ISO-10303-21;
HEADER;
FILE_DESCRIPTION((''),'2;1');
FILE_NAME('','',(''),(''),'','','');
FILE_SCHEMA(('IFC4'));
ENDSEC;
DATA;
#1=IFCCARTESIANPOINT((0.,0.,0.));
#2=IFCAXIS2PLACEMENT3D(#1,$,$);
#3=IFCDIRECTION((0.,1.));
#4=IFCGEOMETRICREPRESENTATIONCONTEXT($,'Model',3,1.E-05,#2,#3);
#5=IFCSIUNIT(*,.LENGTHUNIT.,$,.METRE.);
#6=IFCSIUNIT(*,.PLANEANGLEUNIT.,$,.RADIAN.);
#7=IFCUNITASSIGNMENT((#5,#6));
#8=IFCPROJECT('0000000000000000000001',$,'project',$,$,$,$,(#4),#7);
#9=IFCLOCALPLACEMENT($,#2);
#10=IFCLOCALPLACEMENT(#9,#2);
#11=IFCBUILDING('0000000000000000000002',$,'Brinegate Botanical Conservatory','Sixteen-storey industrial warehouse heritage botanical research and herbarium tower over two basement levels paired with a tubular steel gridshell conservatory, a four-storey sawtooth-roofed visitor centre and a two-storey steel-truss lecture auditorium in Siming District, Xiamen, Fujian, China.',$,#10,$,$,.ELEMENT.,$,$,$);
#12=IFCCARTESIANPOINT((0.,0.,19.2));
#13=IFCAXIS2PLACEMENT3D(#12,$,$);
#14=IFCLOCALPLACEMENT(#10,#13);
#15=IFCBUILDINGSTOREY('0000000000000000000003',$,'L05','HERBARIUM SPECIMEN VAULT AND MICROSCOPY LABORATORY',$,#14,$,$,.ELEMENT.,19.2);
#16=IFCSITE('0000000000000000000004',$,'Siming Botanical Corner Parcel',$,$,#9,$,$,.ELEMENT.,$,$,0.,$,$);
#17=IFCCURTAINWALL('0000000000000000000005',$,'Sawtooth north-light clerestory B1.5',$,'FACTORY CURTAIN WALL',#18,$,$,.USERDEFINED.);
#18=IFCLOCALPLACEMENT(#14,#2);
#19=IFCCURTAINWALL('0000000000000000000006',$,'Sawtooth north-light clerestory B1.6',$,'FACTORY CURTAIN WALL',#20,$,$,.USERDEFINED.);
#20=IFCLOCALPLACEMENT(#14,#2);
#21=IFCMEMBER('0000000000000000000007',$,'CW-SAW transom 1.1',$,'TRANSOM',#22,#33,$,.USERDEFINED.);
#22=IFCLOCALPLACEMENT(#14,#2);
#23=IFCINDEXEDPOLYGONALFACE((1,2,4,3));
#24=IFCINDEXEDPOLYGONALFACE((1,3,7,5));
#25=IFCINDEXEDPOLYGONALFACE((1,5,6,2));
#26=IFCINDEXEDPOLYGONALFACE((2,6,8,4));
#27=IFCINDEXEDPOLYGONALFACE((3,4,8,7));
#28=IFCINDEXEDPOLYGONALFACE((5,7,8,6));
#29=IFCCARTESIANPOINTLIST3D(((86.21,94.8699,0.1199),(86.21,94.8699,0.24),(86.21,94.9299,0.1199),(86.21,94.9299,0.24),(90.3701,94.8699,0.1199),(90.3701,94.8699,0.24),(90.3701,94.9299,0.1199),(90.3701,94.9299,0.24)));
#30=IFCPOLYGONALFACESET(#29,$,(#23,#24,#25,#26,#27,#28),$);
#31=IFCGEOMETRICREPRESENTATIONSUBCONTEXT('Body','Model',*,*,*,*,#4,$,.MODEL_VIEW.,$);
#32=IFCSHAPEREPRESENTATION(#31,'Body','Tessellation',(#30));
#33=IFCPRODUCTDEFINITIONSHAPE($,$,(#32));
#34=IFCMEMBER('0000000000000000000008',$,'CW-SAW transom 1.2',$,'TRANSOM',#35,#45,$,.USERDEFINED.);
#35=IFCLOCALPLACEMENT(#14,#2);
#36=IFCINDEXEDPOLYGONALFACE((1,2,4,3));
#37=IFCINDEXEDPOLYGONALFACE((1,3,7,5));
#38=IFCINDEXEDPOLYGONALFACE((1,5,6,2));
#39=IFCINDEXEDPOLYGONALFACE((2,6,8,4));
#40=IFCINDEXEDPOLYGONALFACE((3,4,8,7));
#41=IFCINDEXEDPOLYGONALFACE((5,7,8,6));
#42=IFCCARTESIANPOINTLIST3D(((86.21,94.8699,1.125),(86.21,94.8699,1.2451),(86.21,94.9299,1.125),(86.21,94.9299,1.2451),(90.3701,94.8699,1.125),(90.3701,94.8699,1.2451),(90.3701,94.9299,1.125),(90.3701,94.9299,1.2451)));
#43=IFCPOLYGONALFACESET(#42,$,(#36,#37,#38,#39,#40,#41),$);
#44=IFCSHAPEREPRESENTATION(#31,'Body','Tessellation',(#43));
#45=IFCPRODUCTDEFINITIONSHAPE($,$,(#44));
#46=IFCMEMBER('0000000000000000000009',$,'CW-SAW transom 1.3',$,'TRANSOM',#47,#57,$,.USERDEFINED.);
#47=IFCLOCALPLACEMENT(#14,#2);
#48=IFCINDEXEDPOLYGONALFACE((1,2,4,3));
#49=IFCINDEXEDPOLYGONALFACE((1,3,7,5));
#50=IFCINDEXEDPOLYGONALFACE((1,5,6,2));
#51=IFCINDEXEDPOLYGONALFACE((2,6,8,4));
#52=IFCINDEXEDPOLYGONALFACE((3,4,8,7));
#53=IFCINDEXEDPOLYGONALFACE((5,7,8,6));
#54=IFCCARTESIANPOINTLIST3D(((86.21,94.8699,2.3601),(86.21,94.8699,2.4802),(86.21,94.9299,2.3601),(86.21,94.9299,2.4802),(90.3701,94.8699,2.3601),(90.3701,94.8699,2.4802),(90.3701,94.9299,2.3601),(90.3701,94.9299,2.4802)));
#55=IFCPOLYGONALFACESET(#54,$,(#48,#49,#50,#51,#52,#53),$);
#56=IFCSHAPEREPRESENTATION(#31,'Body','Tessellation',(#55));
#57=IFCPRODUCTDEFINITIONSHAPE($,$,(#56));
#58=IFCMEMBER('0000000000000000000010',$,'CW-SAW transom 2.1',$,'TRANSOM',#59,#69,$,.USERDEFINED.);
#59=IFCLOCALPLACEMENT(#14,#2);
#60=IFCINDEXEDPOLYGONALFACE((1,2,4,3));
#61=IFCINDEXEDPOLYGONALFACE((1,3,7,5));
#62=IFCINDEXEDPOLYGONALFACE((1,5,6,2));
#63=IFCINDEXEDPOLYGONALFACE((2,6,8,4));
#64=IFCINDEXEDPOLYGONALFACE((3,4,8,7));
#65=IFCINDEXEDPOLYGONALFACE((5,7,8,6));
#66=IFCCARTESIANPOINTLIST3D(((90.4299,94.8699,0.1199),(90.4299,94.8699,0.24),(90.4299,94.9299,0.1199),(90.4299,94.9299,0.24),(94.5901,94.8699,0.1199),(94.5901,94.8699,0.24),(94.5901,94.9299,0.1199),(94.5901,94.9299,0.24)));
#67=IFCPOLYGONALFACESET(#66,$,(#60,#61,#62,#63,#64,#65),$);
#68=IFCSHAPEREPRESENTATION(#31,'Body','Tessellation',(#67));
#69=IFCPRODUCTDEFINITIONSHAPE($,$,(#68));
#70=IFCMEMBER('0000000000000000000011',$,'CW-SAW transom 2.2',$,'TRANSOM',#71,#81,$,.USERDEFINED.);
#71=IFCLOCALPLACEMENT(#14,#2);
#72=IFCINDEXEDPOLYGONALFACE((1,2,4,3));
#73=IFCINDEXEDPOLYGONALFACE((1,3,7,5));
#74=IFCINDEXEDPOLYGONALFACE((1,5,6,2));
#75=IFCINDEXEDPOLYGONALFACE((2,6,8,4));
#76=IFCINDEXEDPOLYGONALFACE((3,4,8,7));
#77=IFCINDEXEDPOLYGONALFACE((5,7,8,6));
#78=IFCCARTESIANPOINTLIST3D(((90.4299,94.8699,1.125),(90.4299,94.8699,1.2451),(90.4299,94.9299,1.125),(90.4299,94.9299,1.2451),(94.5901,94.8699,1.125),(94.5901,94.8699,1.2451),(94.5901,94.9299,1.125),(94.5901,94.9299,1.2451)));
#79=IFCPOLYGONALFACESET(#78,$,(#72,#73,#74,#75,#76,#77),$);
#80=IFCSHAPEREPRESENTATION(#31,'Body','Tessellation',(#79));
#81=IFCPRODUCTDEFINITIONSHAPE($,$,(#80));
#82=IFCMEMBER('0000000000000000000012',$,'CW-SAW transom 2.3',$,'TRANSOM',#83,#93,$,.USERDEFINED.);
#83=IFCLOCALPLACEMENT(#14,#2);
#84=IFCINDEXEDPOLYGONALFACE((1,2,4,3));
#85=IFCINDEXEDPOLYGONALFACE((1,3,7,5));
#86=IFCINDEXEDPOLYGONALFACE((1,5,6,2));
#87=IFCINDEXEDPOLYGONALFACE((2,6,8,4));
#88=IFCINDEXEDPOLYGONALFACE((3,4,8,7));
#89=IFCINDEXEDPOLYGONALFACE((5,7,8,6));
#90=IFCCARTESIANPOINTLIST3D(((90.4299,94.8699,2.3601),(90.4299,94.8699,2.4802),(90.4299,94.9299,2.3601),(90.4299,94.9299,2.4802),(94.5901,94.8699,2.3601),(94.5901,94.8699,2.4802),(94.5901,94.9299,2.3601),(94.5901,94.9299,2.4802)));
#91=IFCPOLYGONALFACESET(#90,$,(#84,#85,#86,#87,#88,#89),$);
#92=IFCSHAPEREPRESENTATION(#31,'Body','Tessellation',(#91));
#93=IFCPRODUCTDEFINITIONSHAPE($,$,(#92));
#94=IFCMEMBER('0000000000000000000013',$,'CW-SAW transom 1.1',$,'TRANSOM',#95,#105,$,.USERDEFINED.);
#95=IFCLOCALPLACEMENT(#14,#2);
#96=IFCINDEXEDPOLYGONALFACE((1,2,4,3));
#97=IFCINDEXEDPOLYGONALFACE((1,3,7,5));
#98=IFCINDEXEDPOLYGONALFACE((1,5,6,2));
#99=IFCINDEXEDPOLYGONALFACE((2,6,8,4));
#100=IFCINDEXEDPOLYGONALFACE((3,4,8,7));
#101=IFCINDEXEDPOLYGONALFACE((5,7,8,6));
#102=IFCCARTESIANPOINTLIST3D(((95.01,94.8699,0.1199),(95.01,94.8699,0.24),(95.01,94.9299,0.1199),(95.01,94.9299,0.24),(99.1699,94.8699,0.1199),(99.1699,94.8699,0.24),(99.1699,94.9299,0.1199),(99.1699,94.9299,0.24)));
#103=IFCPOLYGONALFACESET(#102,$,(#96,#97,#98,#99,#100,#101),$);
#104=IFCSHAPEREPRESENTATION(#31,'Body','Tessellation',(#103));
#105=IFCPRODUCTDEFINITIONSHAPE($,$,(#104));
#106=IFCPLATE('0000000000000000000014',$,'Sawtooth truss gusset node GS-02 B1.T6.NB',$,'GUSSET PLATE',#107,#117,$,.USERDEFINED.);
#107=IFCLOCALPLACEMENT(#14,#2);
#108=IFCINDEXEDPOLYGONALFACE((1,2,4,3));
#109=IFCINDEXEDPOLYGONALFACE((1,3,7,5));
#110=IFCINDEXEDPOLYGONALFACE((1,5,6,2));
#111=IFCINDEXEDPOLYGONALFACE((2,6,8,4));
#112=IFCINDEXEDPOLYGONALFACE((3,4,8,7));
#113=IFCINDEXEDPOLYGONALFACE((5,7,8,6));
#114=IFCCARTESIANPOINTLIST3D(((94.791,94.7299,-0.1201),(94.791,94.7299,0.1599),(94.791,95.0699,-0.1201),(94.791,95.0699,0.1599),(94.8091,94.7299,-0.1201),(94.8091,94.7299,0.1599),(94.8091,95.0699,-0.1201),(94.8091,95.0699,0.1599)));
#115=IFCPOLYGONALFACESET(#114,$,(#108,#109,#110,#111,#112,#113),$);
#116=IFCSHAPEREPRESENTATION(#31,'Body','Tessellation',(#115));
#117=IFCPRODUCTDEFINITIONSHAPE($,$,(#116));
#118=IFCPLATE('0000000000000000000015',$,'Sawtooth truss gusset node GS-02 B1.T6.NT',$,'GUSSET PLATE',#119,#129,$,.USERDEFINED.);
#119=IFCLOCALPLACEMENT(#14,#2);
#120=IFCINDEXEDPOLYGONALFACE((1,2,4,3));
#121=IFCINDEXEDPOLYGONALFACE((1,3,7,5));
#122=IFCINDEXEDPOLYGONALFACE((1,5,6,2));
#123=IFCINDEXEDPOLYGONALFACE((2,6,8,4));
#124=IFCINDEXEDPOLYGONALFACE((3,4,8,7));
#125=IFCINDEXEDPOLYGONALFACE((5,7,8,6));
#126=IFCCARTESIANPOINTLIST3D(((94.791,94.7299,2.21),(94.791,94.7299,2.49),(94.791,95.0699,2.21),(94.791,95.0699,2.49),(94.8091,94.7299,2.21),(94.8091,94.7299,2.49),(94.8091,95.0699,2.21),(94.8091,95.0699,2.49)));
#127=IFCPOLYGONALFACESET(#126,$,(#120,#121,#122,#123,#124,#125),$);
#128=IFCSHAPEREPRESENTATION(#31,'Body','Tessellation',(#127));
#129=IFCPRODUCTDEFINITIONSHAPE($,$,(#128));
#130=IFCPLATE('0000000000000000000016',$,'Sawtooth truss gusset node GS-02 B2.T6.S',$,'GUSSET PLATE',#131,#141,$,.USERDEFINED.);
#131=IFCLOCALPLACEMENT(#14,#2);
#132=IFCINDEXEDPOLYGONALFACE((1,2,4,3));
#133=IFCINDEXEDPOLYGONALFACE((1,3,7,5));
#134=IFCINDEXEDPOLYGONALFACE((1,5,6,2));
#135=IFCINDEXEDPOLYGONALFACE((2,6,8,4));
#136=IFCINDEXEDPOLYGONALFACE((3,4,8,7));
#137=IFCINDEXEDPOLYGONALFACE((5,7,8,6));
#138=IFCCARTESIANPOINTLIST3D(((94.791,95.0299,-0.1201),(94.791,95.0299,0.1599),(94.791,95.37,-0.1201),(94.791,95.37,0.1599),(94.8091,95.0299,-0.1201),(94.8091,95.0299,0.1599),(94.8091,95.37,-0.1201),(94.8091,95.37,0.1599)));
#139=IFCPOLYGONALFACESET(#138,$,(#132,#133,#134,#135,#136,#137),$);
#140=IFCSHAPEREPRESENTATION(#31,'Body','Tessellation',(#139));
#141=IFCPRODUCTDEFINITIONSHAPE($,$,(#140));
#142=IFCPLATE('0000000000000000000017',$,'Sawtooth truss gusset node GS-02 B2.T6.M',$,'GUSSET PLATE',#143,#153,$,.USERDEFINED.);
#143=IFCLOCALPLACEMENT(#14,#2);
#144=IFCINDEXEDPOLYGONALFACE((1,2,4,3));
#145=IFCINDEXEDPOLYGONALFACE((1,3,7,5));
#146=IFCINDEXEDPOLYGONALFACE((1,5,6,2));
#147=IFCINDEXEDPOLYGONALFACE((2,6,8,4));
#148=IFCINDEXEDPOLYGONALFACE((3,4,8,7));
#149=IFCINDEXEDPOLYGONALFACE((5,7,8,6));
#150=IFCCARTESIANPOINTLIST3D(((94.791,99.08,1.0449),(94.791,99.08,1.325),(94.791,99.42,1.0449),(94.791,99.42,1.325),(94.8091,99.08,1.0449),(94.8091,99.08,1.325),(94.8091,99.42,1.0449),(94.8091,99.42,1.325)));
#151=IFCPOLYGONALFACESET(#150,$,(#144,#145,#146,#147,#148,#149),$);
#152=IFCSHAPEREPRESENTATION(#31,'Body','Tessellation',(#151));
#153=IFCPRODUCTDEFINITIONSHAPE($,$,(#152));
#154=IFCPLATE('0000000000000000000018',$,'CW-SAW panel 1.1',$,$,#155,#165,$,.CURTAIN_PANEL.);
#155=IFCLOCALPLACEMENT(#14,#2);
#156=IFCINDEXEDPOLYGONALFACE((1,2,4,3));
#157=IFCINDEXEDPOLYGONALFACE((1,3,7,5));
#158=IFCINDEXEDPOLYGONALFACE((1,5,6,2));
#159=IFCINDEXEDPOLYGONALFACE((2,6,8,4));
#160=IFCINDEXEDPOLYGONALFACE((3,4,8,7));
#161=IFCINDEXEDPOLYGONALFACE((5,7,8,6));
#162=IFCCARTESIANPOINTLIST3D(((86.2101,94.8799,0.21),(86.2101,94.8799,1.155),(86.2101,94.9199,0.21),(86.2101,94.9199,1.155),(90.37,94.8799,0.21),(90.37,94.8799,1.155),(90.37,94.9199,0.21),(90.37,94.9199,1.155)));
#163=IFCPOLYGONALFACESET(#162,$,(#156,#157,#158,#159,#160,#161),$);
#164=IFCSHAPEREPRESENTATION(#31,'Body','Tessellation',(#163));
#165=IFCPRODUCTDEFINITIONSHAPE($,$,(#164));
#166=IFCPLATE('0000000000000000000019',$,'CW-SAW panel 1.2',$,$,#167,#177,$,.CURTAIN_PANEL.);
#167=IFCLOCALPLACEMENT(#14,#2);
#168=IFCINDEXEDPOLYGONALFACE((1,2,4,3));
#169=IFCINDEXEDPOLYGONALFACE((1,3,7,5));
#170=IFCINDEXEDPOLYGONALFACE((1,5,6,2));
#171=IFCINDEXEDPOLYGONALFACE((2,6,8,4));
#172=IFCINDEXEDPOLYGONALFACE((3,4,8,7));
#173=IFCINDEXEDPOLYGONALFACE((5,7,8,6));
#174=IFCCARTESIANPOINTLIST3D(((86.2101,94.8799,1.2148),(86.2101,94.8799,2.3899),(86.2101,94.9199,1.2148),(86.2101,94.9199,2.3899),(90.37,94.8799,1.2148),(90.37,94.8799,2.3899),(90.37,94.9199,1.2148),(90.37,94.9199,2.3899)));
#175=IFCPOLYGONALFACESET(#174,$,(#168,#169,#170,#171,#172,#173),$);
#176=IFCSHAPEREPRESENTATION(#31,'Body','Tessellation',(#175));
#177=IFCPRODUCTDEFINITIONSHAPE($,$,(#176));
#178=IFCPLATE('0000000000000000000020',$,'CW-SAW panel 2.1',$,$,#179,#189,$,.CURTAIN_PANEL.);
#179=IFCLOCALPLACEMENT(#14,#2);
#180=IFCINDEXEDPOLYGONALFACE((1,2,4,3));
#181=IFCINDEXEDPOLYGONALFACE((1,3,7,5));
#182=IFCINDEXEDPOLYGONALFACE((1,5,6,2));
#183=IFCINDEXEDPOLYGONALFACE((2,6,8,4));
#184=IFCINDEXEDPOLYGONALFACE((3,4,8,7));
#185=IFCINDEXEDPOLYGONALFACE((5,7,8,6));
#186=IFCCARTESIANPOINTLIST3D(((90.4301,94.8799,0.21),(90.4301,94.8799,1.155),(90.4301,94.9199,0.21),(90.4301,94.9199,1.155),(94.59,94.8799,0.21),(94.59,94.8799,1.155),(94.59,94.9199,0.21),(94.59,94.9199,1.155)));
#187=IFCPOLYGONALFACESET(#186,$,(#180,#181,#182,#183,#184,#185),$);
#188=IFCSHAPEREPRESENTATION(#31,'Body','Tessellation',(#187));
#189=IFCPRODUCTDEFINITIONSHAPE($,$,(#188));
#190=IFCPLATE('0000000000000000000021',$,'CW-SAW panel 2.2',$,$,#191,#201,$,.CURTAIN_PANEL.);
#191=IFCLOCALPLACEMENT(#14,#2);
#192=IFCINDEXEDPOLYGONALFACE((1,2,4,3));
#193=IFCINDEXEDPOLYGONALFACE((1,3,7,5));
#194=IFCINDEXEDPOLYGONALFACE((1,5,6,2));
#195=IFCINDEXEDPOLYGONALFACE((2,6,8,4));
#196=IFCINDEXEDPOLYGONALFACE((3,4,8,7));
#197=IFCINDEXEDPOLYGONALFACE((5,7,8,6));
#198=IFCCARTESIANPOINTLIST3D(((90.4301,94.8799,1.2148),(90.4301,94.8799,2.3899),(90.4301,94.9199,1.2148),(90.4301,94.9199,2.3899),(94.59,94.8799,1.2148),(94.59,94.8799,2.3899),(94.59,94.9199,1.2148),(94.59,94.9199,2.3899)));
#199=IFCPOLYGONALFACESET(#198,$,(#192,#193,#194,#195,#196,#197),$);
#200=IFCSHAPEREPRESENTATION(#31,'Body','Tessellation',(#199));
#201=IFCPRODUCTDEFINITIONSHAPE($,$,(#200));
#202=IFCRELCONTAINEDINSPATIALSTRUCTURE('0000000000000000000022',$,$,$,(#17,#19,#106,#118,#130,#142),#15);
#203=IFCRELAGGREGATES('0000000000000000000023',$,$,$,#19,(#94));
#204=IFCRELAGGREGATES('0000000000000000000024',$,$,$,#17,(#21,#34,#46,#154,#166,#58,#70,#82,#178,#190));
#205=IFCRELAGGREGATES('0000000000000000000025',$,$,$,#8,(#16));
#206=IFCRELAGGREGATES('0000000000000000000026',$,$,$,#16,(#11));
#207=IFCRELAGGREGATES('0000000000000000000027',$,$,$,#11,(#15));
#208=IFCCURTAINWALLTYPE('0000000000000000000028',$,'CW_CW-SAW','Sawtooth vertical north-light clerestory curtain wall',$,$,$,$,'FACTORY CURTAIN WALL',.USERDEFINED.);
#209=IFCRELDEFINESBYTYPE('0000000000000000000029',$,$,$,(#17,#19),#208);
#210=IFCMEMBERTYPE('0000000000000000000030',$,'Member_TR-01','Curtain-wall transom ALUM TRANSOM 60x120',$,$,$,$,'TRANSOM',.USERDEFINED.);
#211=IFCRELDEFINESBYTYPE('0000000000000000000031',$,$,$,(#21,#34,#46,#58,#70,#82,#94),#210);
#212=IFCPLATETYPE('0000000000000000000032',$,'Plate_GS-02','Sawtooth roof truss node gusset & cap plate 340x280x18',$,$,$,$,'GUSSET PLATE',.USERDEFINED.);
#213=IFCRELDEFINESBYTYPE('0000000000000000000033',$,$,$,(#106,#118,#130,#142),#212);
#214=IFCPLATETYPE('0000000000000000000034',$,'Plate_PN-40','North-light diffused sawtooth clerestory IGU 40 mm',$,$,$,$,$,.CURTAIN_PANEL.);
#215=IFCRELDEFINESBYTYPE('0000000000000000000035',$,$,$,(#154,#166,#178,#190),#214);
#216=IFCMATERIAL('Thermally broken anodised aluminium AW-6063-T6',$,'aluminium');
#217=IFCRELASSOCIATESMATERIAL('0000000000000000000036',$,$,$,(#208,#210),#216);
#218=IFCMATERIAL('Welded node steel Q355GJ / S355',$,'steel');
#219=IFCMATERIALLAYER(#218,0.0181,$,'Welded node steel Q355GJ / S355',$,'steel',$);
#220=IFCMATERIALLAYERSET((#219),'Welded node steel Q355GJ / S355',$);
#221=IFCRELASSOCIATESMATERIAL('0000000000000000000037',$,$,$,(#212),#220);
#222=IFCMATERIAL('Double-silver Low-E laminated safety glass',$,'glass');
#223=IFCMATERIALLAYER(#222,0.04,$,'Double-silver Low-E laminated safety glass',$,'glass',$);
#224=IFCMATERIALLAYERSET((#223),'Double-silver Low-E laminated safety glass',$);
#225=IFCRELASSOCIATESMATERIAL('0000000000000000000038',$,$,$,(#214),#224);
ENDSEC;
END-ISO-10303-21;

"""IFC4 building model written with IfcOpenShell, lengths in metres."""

from ifc_helpers import new_model, si_unit, direction, frame, origin, origin_2d, place, context, subcontext, project, spatial, rectangle, extrude, material, layer, layer_set, material_profile, profile_set, type_object, element, aggregate, save


model = new_model("IFC4")

# Units and contexts
model_context = context("Model", 3, precision=1e-05, world=origin(), true_north=direction((0.0, 1.0)))
body_context = subcontext(model_context, "Body", "Model", "MODEL_VIEW")
ifc_project = project(units=[si_unit("LENGTHUNIT", "METRE"), si_unit("PLANEANGLEUNIT", "RADIAN")], contexts=[model_context])

# Site, building, storey
site_placement = place(None, origin())
site = spatial("IfcSite", under=ifc_project, at=site_placement, Name="Siming Botanical Corner Parcel", CompositionType="ELEMENT", RefElevation=0.0)
building_placement = place(site_placement, origin())
building = spatial("IfcBuilding", under=site, at=building_placement, Name="Brinegate Botanical Conservatory", Description="Sixteen-storey industrial warehouse heritage botanical research and herbarium tower over two basement levels paired with a tubular steel gridshell conservatory, a four-storey sawtooth-roofed visitor centre and a two-storey steel-truss lecture auditorium in Siming District, Xiamen, Fujian, China.", CompositionType="ELEMENT")
storey_placement = place(building_placement, frame((0.0, 0.0, 19.2)))
storey = spatial("IfcBuildingStorey", under=building, at=storey_placement, Name="L05", Description="HERBARIUM SPECIMEN VAULT AND MICROSCOPY LABORATORY", CompositionType="ELEMENT", Elevation=19.2)

# Curtain wall
ifc_material_1 = material(Name="Thermally broken anodised aluminium AW-6063-T6", Category="aluminium")
curtain_wall_type = type_object("IfcCurtainWallType", Name="CW_CW-SAW", Description="Sawtooth vertical north-light clerestory curtain wall", ElementType="FACTORY CURTAIN WALL", PredefinedType="USERDEFINED", material=ifc_material_1)
curtain_wall_1_placement = place(storey_placement, origin())
curtain_wall_1 = element("IfcCurtainWall", 1, at=curtain_wall_1_placement, inside=storey, type_object=curtain_wall_type, Name="Sawtooth north-light clerestory B1.5", ObjectType="FACTORY CURTAIN WALL", PredefinedType="USERDEFINED")

# Curtain wall
curtain_wall_2_placement = place(storey_placement, origin())
curtain_wall_2 = element("IfcCurtainWall", 2, at=curtain_wall_2_placement, inside=storey, type_object=curtain_wall_type, Name="Sawtooth north-light clerestory B1.6", ObjectType="FACTORY CURTAIN WALL", PredefinedType="USERDEFINED")

# Members
ifc_material_profile_1 = material_profile(ifc_material_1, rectangle(XDim=0.0601, YDim=0.1201, at=origin_2d()), Name="ALUM TRANSOM 60x120")
ifc_profile_set_1 = profile_set([ifc_material_profile_1], Name="Thermally broken anodised aluminium AW-6063-T6")
member_type_1 = type_object("IfcMemberType", Name="Member_TR-01", Description="Curtain-wall transom ALUM TRANSOM 60x120", ElementType="TRANSOM", PredefinedType="USERDEFINED", material=ifc_profile_set_1)
member_1_placement = place(storey_placement, frame((86.21, 94.8999, 0.1799), z_axis=(1.0, 0.0, 0.0), x_axis=(0.0, 1.0, 0.0)))
member_1 = element("IfcMember", 3, at=member_1_placement, type_object=member_type_1, Name="CW-SAW transom 1.1", ObjectType="TRANSOM", PredefinedType="USERDEFINED", context=body_context, shape_type="SweptSolid", body=[
    extrude(rectangle(XDim=0.0601, YDim=0.1201, at=origin_2d()), origin(), (0.0, 0.0, 1.0), 4.1602),
])
member_2_placement = place(storey_placement, frame((86.21, 94.8999, 1.1851), z_axis=(1.0, 0.0, 0.0), x_axis=(0.0, 1.0, 0.0)))
member_2 = element("IfcMember", 4, at=member_2_placement, type_object=member_type_1, Name="CW-SAW transom 1.2", ObjectType="TRANSOM", PredefinedType="USERDEFINED", context=body_context, shape_type="SweptSolid", body=[
    extrude(rectangle(XDim=0.0601, YDim=0.1201, at=origin_2d()), origin(), (0.0, 0.0, 1.0), 4.1602),
])
member_3_placement = place(storey_placement, frame((86.21, 94.8999, 2.4202), z_axis=(1.0, 0.0, 0.0), x_axis=(0.0, 1.0, 0.0)))
member_3 = element("IfcMember", 5, at=member_3_placement, type_object=member_type_1, Name="CW-SAW transom 1.3", ObjectType="TRANSOM", PredefinedType="USERDEFINED", context=body_context, shape_type="SweptSolid", body=[
    extrude(rectangle(XDim=0.0601, YDim=0.1201, at=origin_2d()), origin(), (0.0, 0.0, 1.0), 4.1602),
])
member_4_placement = place(storey_placement, frame((90.4299, 94.8999, 0.1799), z_axis=(1.0, 0.0, 0.0), x_axis=(0.0, 1.0, 0.0)))
member_4 = element("IfcMember", 6, at=member_4_placement, type_object=member_type_1, Name="CW-SAW transom 2.1", ObjectType="TRANSOM", PredefinedType="USERDEFINED", context=body_context, shape_type="SweptSolid", body=[
    extrude(rectangle(XDim=0.0601, YDim=0.1201, at=origin_2d()), origin(), (0.0, 0.0, 1.0), 4.1602),
])
member_5_placement = place(storey_placement, frame((90.4299, 94.8999, 1.1851), z_axis=(1.0, 0.0, 0.0), x_axis=(0.0, 1.0, 0.0)))
member_5 = element("IfcMember", 7, at=member_5_placement, type_object=member_type_1, Name="CW-SAW transom 2.2", ObjectType="TRANSOM", PredefinedType="USERDEFINED", context=body_context, shape_type="SweptSolid", body=[
    extrude(rectangle(XDim=0.0601, YDim=0.1201, at=origin_2d()), origin(), (0.0, 0.0, 1.0), 4.1602),
])
member_6_placement = place(storey_placement, frame((90.4299, 94.8999, 2.4202), z_axis=(1.0, 0.0, 0.0), x_axis=(0.0, 1.0, 0.0)))
member_6 = element("IfcMember", 8, at=member_6_placement, type_object=member_type_1, Name="CW-SAW transom 2.3", ObjectType="TRANSOM", PredefinedType="USERDEFINED", context=body_context, shape_type="SweptSolid", body=[
    extrude(rectangle(XDim=0.0601, YDim=0.1201, at=origin_2d()), origin(), (0.0, 0.0, 1.0), 4.1602),
])
member_7_placement = place(storey_placement, frame((95.01, 94.8999, 0.1799), z_axis=(1.0, 0.0, 0.0), x_axis=(0.0, 1.0, 0.0)))
member_7 = element("IfcMember", 9, at=member_7_placement, type_object=member_type_1, Name="CW-SAW transom 1.1", ObjectType="TRANSOM", PredefinedType="USERDEFINED", context=body_context, shape_type="SweptSolid", body=[
    extrude(rectangle(XDim=0.0601, YDim=0.1201, at=origin_2d()), origin(), (0.0, 0.0, 1.0), 4.1599),
])
aggregate(curtain_wall_2, [member_7])

# Plates
ifc_material_2 = material(Name="Welded node steel Q355GJ / S355", Category="steel")
ifc_layer_1 = layer(ifc_material_2, 0.0181, Name="Welded node steel Q355GJ / S355", Category="steel")
ifc_layer_set_1 = layer_set([ifc_layer_1], Name="Welded node steel Q355GJ / S355")
plate_type_1 = type_object("IfcPlateType", Name="Plate_GS-02", Description="Sawtooth roof truss node gusset & cap plate 340x280x18", ElementType="GUSSET PLATE", PredefinedType="USERDEFINED", material=ifc_layer_set_1)
for number, where, z_axis, x_axis, name in (
    (10, (94.8, 94.8999, -0.1201), (0.0, 0.0, 1.0), (1.0, 0.0, 0.0), "Sawtooth truss gusset node GS-02 B1.T6.NB"),
    (11, (94.8, 94.8999, 2.21), (0.0, 0.0, 1.0), (1.0, 0.0, 0.0), "Sawtooth truss gusset node GS-02 B1.T6.NT"),
    (12, (94.8, 95.2, -0.1201), (0.0, 0.0, 1.0), (1.0, 0.0, 0.0), "Sawtooth truss gusset node GS-02 B2.T6.S"),
    (13, (94.8, 99.25, 1.0449), (0.0, 0.0, 1.0), (1.0, 0.0, 0.0), "Sawtooth truss gusset node GS-02 B2.T6.M"),
):
    element("IfcPlate", number, at=place(storey_placement, frame(where, z_axis=z_axis, x_axis=x_axis)), inside=storey, type_object=plate_type_1, Name=name, ObjectType="GUSSET PLATE", PredefinedType="USERDEFINED", context=body_context, shape_type="SweptSolid", body=[
        extrude(rectangle(XDim=0.0181, YDim=0.3401, at=origin_2d()), origin(), (0.0, 0.0, 1.0), 0.28),
    ])

# Plates
ifc_material_3 = material(Name="Double-silver Low-E laminated safety glass", Category="glass")
ifc_layer_2 = layer(ifc_material_3, 0.04, Name="Double-silver Low-E laminated safety glass", Category="glass")
ifc_layer_set_2 = layer_set([ifc_layer_2], Name="Double-silver Low-E laminated safety glass")
plate_type_2 = type_object("IfcPlateType", Name="Plate_PN-40", Description="North-light diffused sawtooth clerestory IGU 40 mm", PredefinedType="CURTAIN_PANEL", material=ifc_layer_set_2)
plate_1_placement = place(storey_placement, frame((88.29, 94.8999, 0.21), z_axis=(0.0, 0.0, 1.0), x_axis=(1.0, 0.0, 0.0)))
plate_1 = element("IfcPlate", 14, at=plate_1_placement, type_object=plate_type_2, Name="CW-SAW panel 1.1", PredefinedType="CURTAIN_PANEL", context=body_context, shape_type="SweptSolid", body=[
    extrude(rectangle(XDim=4.1599, YDim=0.04, at=origin_2d()), origin(), (0.0, 0.0, 1.0), 0.9451),
])
plate_2_placement = place(storey_placement, frame((88.29, 94.8999, 1.2148), z_axis=(0.0, 0.0, 1.0), x_axis=(1.0, 0.0, 0.0)))
plate_2 = element("IfcPlate", 15, at=plate_2_placement, type_object=plate_type_2, Name="CW-SAW panel 1.2", PredefinedType="CURTAIN_PANEL", context=body_context, shape_type="SweptSolid", body=[
    extrude(rectangle(XDim=4.1599, YDim=0.04, at=origin_2d()), origin(), (0.0, 0.0, 1.0), 1.175),
])
plate_3_placement = place(storey_placement, frame((92.51, 94.8999, 0.21), z_axis=(0.0, 0.0, 1.0), x_axis=(1.0, 0.0, 0.0)))
plate_3 = element("IfcPlate", 16, at=plate_3_placement, type_object=plate_type_2, Name="CW-SAW panel 2.1", PredefinedType="CURTAIN_PANEL", context=body_context, shape_type="SweptSolid", body=[
    extrude(rectangle(XDim=4.1599, YDim=0.04, at=origin_2d()), origin(), (0.0, 0.0, 1.0), 0.9451),
])
plate_4_placement = place(storey_placement, frame((92.51, 94.8999, 1.2148), z_axis=(0.0, 0.0, 1.0), x_axis=(1.0, 0.0, 0.0)))
plate_4 = element("IfcPlate", 17, at=plate_4_placement, type_object=plate_type_2, Name="CW-SAW panel 2.2", PredefinedType="CURTAIN_PANEL", context=body_context, shape_type="SweptSolid", body=[
    extrude(rectangle(XDim=4.1599, YDim=0.04, at=origin_2d()), origin(), (0.0, 0.0, 1.0), 1.175),
])
aggregate(curtain_wall_1, [member_1, member_2, member_3, plate_1, plate_2, member_4, member_5, member_6, plate_3, plate_4])

save(model, "model.ifc")
